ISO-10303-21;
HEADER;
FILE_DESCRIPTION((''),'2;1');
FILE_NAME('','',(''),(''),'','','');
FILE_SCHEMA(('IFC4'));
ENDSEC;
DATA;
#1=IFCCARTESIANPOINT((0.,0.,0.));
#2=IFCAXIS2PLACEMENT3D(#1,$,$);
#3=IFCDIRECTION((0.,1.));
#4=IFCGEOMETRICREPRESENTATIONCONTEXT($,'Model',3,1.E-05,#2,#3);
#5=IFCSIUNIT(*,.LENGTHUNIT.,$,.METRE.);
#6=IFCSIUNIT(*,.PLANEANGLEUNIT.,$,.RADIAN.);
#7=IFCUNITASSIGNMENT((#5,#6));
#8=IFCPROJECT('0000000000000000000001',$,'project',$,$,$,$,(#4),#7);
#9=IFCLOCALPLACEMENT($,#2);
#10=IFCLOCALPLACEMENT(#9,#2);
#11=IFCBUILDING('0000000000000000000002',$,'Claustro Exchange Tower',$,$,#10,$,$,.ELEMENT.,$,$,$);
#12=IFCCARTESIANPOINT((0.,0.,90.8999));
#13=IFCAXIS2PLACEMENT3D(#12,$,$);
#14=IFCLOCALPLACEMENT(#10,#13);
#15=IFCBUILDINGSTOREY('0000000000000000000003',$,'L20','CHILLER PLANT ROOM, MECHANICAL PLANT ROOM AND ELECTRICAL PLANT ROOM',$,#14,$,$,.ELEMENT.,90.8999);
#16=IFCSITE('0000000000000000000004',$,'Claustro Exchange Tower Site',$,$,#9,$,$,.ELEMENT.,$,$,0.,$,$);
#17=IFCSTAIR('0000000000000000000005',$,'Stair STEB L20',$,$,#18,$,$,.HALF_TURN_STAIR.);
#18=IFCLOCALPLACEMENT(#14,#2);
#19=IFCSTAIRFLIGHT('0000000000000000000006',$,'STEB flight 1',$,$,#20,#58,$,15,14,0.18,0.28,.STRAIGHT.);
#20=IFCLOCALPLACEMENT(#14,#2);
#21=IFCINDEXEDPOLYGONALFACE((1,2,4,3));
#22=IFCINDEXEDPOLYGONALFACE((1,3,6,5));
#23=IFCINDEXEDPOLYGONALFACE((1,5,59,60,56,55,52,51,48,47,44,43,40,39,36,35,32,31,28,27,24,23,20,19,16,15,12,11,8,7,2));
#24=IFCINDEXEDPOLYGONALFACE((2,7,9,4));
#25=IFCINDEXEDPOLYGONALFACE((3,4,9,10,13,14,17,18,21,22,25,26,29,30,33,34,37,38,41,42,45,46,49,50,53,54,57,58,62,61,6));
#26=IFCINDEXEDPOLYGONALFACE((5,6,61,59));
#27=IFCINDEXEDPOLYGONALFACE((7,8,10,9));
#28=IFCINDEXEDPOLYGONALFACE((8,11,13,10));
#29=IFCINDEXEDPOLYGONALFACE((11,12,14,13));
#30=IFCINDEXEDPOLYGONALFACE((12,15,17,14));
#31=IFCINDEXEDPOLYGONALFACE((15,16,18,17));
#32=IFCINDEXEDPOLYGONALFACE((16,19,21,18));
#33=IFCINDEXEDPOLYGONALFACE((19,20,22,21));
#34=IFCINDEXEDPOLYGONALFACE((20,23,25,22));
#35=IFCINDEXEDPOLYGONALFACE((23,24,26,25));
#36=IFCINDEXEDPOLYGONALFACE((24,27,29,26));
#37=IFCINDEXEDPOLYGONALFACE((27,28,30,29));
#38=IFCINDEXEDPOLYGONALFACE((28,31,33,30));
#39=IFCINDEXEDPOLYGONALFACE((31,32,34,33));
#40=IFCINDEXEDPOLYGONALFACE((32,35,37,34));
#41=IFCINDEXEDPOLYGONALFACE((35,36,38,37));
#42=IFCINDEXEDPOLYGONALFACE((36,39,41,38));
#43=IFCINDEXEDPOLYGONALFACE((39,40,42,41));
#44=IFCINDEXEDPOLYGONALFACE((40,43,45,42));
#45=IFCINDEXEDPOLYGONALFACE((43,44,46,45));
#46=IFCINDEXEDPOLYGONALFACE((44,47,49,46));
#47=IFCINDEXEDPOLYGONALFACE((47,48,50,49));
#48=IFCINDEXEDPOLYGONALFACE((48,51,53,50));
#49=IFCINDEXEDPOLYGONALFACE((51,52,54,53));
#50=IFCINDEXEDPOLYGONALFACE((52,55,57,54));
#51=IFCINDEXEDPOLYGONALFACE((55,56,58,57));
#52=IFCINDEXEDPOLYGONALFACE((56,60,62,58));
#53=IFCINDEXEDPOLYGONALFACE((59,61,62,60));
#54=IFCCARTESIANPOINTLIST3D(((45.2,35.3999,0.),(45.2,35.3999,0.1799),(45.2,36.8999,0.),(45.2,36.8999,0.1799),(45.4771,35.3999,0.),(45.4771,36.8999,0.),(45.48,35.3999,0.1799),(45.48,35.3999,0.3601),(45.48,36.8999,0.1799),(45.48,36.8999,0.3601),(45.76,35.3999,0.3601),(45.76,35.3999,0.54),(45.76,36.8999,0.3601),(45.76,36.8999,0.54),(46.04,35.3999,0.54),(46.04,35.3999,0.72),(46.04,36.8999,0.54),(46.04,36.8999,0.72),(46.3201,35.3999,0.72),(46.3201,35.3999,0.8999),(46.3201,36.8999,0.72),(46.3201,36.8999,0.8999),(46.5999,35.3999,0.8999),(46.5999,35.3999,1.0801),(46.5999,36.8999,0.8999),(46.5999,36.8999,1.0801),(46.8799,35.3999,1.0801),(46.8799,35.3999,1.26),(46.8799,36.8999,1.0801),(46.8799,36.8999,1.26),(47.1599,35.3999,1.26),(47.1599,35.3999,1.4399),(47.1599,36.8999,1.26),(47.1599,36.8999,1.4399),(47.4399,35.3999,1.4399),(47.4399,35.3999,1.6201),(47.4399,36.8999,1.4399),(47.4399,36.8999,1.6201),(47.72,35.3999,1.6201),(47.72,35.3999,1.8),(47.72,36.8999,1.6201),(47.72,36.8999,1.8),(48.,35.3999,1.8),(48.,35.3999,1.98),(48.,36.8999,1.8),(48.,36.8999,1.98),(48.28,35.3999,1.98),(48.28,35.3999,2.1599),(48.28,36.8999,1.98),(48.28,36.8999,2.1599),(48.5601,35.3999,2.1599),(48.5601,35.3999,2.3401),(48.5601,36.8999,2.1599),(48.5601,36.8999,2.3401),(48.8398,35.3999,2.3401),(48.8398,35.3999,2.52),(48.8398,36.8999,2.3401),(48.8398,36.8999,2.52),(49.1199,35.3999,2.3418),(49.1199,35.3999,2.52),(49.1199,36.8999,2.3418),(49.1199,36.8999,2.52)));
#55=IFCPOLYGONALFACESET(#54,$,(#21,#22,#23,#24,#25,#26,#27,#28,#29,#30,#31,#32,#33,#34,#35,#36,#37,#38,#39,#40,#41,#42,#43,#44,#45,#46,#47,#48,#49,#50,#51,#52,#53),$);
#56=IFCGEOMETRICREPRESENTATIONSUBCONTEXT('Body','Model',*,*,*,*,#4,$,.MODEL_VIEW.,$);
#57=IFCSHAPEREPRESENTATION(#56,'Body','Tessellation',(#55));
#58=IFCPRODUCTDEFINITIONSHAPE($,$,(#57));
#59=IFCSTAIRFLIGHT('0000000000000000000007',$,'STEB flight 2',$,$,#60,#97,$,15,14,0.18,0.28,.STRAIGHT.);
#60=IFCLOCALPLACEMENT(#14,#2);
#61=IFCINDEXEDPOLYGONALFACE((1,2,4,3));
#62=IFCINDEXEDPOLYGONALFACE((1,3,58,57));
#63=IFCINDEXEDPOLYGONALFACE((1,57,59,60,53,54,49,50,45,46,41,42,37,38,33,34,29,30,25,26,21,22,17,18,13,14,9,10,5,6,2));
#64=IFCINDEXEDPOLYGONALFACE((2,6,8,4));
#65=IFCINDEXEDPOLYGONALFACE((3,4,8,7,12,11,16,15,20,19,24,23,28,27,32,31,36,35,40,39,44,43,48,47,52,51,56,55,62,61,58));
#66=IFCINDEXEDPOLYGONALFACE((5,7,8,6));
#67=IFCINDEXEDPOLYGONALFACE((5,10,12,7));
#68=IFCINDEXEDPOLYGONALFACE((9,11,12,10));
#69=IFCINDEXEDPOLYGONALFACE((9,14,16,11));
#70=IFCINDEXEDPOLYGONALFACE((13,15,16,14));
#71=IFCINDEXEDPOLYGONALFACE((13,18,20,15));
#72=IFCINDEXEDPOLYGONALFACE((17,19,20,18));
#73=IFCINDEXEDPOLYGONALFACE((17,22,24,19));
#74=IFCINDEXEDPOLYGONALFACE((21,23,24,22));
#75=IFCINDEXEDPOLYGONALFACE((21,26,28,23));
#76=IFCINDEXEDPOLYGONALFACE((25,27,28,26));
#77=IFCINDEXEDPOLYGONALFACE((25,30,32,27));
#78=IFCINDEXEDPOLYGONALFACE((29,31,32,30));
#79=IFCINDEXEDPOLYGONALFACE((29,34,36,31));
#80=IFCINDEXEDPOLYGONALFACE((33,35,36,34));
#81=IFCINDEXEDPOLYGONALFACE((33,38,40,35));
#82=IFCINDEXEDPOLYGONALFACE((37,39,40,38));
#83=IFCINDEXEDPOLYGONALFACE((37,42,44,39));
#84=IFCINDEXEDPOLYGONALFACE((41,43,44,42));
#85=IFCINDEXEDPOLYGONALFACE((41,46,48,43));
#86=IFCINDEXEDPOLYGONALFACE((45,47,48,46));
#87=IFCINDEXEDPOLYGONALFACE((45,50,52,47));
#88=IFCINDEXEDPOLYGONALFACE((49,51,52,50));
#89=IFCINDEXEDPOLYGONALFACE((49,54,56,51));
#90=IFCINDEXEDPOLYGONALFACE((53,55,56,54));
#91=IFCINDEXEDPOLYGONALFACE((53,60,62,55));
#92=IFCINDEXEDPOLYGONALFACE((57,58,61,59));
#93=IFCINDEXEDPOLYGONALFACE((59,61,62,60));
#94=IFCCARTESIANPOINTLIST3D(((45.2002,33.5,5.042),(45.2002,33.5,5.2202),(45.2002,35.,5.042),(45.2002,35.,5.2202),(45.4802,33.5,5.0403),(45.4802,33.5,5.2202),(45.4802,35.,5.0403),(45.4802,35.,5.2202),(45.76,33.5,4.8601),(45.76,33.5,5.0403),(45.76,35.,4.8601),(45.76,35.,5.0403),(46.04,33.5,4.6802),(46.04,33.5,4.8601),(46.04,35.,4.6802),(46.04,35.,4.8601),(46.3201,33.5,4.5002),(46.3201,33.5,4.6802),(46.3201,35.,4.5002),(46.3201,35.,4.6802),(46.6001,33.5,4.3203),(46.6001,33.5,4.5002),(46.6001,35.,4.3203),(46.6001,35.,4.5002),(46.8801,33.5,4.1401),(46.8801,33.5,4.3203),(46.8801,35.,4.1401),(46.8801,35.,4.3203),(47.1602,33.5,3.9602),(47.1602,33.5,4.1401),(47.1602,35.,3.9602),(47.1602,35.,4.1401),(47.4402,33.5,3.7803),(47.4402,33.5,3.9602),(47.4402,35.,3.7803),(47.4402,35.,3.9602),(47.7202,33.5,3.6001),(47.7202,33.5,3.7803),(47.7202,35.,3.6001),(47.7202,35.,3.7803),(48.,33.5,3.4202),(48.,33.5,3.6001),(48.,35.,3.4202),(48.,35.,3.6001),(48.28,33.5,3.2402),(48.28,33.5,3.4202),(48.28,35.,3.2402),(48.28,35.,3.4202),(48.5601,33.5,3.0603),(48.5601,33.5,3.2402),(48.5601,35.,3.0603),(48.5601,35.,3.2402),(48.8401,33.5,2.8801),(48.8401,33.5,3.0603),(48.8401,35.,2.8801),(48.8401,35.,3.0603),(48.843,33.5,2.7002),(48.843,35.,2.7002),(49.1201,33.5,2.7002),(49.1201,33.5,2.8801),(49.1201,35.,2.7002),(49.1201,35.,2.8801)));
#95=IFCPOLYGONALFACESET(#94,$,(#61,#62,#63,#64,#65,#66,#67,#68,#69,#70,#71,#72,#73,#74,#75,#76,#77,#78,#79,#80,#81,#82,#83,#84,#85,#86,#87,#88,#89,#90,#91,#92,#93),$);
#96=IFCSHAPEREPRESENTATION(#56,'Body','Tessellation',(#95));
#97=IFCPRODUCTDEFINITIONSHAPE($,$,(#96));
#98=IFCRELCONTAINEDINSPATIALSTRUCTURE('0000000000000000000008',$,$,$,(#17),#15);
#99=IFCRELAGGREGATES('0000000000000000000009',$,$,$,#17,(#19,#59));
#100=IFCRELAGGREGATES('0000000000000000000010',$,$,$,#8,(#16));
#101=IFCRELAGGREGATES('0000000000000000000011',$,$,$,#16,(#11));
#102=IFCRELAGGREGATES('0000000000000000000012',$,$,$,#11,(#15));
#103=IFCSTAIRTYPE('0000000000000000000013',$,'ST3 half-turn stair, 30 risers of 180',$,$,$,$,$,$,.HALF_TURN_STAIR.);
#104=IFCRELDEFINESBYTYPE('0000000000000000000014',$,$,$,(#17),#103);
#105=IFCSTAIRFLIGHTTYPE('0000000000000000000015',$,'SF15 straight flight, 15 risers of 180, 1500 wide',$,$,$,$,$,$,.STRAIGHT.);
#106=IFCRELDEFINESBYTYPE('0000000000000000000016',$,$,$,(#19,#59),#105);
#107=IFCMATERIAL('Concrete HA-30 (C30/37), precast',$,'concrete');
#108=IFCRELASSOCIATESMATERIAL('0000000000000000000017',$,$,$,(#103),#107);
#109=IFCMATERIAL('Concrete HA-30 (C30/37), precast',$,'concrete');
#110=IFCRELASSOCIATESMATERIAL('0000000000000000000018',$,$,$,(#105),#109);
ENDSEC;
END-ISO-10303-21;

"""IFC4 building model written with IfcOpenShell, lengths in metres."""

from ifc_helpers import new_model, si_unit, direction, frame, origin, place, context, subcontext, project, spatial, polyline, outline, extrude, material, type_object, element, aggregate, save


model = new_model("IFC4")

# Units and contexts
model_context = context("Model", 3, precision=1e-05, world=origin(), true_north=direction((0.0, 1.0)))
body_context = subcontext(model_context, "Body", "Model", "MODEL_VIEW")
ifc_project = project(units=[si_unit("LENGTHUNIT", "METRE"), si_unit("PLANEANGLEUNIT", "RADIAN")], contexts=[model_context])

# Site, building, storey
site_placement = place(None, origin())
site = spatial("IfcSite", under=ifc_project, at=site_placement, Name="Claustro Exchange Tower Site", CompositionType="ELEMENT", RefElevation=0.0)
building_placement = place(site_placement, origin())
building = spatial("IfcBuilding", under=site, at=building_placement, Name="Claustro Exchange Tower", CompositionType="ELEMENT")
storey_placement = place(building_placement, frame((0.0, 0.0, 90.8999)))
storey = spatial("IfcBuildingStorey", under=building, at=storey_placement, Name="L20", Description="CHILLER PLANT ROOM, MECHANICAL PLANT ROOM AND ELECTRICAL PLANT ROOM", CompositionType="ELEMENT", Elevation=90.8999)

# Stair, stair flights
ifc_material_1 = material(Name="Concrete HA-30 (C30/37), precast", Category="concrete")
stair_type = type_object("IfcStairType", Name="ST3 half-turn stair, 30 risers of 180", PredefinedType="HALF_TURN_STAIR", material=ifc_material_1)
stair_placement = place(storey_placement, origin())
stair = element("IfcStair", 1, at=stair_placement, inside=storey, type_object=stair_type, Name="Stair STEB L20", PredefinedType="HALF_TURN_STAIR")
ifc_material_2 = material(Name="Concrete HA-30 (C30/37), precast", Category="concrete")
stair_flight_type = type_object("IfcStairFlightType", Name="SF15 straight flight, 15 risers of 180, 1500 wide", PredefinedType="STRAIGHT", material=ifc_material_2)
stair_flight_1_placement = place(storey_placement, frame((45.2, 36.1499, 0.0), z_axis=(0.0, 0.0, 1.0), x_axis=(1.0, 0.0, 0.0)))
stair_flight_1 = element("IfcStairFlight", 2, at=stair_flight_1_placement, type_object=stair_flight_type, Name="STEB flight 1", NumberOfRisers=15, NumberOfTreads=14, PredefinedType="STRAIGHT", RiserHeight=0.18, TreadLength=0.28, context=body_context, shape_type="SweptSolid", body=[
    extrude(outline(polyline([(0.0, 0.0), (0.0, 0.1799), (0.28, 0.1799), (0.28, 0.3601), (0.5601, 0.3601), (0.5601, 0.54), (0.8401, 0.54), (0.8401, 0.72), (1.1201, 0.72), (1.1201, 0.8999), (1.3999, 0.8999), (1.3999, 1.0801), (1.6799, 1.0801), (1.6799, 1.26), (1.96, 1.26), (1.96, 1.4399), (2.24, 1.4399), (2.24, 1.6201), (2.52, 1.6201), (2.52, 1.8), (2.8, 1.8), (2.8, 1.98), (3.0801, 1.98), (3.0801, 2.1599), (3.3601, 2.1599), (3.3601, 2.3401), (3.6399, 2.3401), (3.6399, 2.52), (3.9199, 2.52), (3.9199, 2.7), (3.9199, 2.3418), (0.2771, 0.0), (0.0, 0.0)])), frame((0.0, 0.75, 0.0), z_axis=(0.0, -1.0, 0.0), x_axis=(1.0, 0.0, 0.0)), (0.0, 0.0, 1.0), 1.5),
])
stair_flight_2_placement = place(storey_placement, frame((49.1201, 34.25, 2.7002), z_axis=(0.0, 0.0, 1.0), x_axis=(-1.0, 0.0, 0.0)))
stair_flight_2 = element("IfcStairFlight", 3, at=stair_flight_2_placement, type_object=stair_flight_type, Name="STEB flight 2", NumberOfRisers=15, NumberOfTreads=14, PredefinedType="STRAIGHT", RiserHeight=0.18, TreadLength=0.28, context=body_context, shape_type="SweptSolid", body=[
    extrude(outline(polyline([(0.0, 0.0), (0.0, 0.1799), (0.28, 0.1799), (0.28, 0.3601), (0.5601, 0.3601), (0.5601, 0.54), (0.8401, 0.54), (0.8401, 0.72), (1.1201, 0.72), (1.1201, 0.8999), (1.3999, 0.8999), (1.3999, 1.0801), (1.6799, 1.0801), (1.6799, 1.26), (1.96, 1.26), (1.96, 1.4399), (2.24, 1.4399), (2.24, 1.6201), (2.52, 1.6201), (2.52, 1.8), (2.8, 1.8), (2.8, 1.98), (3.0801, 1.98), (3.0801, 2.1599), (3.3601, 2.1599), (3.3601, 2.3401), (3.6399, 2.3401), (3.6399, 2.52), (3.9199, 2.52), (3.9199, 2.7), (3.9199, 2.3418), (0.2771, 0.0), (0.0, 0.0)])), frame((0.0, 0.75, 0.0), z_axis=(0.0, -1.0, 0.0), x_axis=(1.0, 0.0, 0.0)), (0.0, 0.0, 1.0), 1.5),
])
aggregate(stair, [stair_flight_1, stair_flight_2])

save(model, "model.ifc")
